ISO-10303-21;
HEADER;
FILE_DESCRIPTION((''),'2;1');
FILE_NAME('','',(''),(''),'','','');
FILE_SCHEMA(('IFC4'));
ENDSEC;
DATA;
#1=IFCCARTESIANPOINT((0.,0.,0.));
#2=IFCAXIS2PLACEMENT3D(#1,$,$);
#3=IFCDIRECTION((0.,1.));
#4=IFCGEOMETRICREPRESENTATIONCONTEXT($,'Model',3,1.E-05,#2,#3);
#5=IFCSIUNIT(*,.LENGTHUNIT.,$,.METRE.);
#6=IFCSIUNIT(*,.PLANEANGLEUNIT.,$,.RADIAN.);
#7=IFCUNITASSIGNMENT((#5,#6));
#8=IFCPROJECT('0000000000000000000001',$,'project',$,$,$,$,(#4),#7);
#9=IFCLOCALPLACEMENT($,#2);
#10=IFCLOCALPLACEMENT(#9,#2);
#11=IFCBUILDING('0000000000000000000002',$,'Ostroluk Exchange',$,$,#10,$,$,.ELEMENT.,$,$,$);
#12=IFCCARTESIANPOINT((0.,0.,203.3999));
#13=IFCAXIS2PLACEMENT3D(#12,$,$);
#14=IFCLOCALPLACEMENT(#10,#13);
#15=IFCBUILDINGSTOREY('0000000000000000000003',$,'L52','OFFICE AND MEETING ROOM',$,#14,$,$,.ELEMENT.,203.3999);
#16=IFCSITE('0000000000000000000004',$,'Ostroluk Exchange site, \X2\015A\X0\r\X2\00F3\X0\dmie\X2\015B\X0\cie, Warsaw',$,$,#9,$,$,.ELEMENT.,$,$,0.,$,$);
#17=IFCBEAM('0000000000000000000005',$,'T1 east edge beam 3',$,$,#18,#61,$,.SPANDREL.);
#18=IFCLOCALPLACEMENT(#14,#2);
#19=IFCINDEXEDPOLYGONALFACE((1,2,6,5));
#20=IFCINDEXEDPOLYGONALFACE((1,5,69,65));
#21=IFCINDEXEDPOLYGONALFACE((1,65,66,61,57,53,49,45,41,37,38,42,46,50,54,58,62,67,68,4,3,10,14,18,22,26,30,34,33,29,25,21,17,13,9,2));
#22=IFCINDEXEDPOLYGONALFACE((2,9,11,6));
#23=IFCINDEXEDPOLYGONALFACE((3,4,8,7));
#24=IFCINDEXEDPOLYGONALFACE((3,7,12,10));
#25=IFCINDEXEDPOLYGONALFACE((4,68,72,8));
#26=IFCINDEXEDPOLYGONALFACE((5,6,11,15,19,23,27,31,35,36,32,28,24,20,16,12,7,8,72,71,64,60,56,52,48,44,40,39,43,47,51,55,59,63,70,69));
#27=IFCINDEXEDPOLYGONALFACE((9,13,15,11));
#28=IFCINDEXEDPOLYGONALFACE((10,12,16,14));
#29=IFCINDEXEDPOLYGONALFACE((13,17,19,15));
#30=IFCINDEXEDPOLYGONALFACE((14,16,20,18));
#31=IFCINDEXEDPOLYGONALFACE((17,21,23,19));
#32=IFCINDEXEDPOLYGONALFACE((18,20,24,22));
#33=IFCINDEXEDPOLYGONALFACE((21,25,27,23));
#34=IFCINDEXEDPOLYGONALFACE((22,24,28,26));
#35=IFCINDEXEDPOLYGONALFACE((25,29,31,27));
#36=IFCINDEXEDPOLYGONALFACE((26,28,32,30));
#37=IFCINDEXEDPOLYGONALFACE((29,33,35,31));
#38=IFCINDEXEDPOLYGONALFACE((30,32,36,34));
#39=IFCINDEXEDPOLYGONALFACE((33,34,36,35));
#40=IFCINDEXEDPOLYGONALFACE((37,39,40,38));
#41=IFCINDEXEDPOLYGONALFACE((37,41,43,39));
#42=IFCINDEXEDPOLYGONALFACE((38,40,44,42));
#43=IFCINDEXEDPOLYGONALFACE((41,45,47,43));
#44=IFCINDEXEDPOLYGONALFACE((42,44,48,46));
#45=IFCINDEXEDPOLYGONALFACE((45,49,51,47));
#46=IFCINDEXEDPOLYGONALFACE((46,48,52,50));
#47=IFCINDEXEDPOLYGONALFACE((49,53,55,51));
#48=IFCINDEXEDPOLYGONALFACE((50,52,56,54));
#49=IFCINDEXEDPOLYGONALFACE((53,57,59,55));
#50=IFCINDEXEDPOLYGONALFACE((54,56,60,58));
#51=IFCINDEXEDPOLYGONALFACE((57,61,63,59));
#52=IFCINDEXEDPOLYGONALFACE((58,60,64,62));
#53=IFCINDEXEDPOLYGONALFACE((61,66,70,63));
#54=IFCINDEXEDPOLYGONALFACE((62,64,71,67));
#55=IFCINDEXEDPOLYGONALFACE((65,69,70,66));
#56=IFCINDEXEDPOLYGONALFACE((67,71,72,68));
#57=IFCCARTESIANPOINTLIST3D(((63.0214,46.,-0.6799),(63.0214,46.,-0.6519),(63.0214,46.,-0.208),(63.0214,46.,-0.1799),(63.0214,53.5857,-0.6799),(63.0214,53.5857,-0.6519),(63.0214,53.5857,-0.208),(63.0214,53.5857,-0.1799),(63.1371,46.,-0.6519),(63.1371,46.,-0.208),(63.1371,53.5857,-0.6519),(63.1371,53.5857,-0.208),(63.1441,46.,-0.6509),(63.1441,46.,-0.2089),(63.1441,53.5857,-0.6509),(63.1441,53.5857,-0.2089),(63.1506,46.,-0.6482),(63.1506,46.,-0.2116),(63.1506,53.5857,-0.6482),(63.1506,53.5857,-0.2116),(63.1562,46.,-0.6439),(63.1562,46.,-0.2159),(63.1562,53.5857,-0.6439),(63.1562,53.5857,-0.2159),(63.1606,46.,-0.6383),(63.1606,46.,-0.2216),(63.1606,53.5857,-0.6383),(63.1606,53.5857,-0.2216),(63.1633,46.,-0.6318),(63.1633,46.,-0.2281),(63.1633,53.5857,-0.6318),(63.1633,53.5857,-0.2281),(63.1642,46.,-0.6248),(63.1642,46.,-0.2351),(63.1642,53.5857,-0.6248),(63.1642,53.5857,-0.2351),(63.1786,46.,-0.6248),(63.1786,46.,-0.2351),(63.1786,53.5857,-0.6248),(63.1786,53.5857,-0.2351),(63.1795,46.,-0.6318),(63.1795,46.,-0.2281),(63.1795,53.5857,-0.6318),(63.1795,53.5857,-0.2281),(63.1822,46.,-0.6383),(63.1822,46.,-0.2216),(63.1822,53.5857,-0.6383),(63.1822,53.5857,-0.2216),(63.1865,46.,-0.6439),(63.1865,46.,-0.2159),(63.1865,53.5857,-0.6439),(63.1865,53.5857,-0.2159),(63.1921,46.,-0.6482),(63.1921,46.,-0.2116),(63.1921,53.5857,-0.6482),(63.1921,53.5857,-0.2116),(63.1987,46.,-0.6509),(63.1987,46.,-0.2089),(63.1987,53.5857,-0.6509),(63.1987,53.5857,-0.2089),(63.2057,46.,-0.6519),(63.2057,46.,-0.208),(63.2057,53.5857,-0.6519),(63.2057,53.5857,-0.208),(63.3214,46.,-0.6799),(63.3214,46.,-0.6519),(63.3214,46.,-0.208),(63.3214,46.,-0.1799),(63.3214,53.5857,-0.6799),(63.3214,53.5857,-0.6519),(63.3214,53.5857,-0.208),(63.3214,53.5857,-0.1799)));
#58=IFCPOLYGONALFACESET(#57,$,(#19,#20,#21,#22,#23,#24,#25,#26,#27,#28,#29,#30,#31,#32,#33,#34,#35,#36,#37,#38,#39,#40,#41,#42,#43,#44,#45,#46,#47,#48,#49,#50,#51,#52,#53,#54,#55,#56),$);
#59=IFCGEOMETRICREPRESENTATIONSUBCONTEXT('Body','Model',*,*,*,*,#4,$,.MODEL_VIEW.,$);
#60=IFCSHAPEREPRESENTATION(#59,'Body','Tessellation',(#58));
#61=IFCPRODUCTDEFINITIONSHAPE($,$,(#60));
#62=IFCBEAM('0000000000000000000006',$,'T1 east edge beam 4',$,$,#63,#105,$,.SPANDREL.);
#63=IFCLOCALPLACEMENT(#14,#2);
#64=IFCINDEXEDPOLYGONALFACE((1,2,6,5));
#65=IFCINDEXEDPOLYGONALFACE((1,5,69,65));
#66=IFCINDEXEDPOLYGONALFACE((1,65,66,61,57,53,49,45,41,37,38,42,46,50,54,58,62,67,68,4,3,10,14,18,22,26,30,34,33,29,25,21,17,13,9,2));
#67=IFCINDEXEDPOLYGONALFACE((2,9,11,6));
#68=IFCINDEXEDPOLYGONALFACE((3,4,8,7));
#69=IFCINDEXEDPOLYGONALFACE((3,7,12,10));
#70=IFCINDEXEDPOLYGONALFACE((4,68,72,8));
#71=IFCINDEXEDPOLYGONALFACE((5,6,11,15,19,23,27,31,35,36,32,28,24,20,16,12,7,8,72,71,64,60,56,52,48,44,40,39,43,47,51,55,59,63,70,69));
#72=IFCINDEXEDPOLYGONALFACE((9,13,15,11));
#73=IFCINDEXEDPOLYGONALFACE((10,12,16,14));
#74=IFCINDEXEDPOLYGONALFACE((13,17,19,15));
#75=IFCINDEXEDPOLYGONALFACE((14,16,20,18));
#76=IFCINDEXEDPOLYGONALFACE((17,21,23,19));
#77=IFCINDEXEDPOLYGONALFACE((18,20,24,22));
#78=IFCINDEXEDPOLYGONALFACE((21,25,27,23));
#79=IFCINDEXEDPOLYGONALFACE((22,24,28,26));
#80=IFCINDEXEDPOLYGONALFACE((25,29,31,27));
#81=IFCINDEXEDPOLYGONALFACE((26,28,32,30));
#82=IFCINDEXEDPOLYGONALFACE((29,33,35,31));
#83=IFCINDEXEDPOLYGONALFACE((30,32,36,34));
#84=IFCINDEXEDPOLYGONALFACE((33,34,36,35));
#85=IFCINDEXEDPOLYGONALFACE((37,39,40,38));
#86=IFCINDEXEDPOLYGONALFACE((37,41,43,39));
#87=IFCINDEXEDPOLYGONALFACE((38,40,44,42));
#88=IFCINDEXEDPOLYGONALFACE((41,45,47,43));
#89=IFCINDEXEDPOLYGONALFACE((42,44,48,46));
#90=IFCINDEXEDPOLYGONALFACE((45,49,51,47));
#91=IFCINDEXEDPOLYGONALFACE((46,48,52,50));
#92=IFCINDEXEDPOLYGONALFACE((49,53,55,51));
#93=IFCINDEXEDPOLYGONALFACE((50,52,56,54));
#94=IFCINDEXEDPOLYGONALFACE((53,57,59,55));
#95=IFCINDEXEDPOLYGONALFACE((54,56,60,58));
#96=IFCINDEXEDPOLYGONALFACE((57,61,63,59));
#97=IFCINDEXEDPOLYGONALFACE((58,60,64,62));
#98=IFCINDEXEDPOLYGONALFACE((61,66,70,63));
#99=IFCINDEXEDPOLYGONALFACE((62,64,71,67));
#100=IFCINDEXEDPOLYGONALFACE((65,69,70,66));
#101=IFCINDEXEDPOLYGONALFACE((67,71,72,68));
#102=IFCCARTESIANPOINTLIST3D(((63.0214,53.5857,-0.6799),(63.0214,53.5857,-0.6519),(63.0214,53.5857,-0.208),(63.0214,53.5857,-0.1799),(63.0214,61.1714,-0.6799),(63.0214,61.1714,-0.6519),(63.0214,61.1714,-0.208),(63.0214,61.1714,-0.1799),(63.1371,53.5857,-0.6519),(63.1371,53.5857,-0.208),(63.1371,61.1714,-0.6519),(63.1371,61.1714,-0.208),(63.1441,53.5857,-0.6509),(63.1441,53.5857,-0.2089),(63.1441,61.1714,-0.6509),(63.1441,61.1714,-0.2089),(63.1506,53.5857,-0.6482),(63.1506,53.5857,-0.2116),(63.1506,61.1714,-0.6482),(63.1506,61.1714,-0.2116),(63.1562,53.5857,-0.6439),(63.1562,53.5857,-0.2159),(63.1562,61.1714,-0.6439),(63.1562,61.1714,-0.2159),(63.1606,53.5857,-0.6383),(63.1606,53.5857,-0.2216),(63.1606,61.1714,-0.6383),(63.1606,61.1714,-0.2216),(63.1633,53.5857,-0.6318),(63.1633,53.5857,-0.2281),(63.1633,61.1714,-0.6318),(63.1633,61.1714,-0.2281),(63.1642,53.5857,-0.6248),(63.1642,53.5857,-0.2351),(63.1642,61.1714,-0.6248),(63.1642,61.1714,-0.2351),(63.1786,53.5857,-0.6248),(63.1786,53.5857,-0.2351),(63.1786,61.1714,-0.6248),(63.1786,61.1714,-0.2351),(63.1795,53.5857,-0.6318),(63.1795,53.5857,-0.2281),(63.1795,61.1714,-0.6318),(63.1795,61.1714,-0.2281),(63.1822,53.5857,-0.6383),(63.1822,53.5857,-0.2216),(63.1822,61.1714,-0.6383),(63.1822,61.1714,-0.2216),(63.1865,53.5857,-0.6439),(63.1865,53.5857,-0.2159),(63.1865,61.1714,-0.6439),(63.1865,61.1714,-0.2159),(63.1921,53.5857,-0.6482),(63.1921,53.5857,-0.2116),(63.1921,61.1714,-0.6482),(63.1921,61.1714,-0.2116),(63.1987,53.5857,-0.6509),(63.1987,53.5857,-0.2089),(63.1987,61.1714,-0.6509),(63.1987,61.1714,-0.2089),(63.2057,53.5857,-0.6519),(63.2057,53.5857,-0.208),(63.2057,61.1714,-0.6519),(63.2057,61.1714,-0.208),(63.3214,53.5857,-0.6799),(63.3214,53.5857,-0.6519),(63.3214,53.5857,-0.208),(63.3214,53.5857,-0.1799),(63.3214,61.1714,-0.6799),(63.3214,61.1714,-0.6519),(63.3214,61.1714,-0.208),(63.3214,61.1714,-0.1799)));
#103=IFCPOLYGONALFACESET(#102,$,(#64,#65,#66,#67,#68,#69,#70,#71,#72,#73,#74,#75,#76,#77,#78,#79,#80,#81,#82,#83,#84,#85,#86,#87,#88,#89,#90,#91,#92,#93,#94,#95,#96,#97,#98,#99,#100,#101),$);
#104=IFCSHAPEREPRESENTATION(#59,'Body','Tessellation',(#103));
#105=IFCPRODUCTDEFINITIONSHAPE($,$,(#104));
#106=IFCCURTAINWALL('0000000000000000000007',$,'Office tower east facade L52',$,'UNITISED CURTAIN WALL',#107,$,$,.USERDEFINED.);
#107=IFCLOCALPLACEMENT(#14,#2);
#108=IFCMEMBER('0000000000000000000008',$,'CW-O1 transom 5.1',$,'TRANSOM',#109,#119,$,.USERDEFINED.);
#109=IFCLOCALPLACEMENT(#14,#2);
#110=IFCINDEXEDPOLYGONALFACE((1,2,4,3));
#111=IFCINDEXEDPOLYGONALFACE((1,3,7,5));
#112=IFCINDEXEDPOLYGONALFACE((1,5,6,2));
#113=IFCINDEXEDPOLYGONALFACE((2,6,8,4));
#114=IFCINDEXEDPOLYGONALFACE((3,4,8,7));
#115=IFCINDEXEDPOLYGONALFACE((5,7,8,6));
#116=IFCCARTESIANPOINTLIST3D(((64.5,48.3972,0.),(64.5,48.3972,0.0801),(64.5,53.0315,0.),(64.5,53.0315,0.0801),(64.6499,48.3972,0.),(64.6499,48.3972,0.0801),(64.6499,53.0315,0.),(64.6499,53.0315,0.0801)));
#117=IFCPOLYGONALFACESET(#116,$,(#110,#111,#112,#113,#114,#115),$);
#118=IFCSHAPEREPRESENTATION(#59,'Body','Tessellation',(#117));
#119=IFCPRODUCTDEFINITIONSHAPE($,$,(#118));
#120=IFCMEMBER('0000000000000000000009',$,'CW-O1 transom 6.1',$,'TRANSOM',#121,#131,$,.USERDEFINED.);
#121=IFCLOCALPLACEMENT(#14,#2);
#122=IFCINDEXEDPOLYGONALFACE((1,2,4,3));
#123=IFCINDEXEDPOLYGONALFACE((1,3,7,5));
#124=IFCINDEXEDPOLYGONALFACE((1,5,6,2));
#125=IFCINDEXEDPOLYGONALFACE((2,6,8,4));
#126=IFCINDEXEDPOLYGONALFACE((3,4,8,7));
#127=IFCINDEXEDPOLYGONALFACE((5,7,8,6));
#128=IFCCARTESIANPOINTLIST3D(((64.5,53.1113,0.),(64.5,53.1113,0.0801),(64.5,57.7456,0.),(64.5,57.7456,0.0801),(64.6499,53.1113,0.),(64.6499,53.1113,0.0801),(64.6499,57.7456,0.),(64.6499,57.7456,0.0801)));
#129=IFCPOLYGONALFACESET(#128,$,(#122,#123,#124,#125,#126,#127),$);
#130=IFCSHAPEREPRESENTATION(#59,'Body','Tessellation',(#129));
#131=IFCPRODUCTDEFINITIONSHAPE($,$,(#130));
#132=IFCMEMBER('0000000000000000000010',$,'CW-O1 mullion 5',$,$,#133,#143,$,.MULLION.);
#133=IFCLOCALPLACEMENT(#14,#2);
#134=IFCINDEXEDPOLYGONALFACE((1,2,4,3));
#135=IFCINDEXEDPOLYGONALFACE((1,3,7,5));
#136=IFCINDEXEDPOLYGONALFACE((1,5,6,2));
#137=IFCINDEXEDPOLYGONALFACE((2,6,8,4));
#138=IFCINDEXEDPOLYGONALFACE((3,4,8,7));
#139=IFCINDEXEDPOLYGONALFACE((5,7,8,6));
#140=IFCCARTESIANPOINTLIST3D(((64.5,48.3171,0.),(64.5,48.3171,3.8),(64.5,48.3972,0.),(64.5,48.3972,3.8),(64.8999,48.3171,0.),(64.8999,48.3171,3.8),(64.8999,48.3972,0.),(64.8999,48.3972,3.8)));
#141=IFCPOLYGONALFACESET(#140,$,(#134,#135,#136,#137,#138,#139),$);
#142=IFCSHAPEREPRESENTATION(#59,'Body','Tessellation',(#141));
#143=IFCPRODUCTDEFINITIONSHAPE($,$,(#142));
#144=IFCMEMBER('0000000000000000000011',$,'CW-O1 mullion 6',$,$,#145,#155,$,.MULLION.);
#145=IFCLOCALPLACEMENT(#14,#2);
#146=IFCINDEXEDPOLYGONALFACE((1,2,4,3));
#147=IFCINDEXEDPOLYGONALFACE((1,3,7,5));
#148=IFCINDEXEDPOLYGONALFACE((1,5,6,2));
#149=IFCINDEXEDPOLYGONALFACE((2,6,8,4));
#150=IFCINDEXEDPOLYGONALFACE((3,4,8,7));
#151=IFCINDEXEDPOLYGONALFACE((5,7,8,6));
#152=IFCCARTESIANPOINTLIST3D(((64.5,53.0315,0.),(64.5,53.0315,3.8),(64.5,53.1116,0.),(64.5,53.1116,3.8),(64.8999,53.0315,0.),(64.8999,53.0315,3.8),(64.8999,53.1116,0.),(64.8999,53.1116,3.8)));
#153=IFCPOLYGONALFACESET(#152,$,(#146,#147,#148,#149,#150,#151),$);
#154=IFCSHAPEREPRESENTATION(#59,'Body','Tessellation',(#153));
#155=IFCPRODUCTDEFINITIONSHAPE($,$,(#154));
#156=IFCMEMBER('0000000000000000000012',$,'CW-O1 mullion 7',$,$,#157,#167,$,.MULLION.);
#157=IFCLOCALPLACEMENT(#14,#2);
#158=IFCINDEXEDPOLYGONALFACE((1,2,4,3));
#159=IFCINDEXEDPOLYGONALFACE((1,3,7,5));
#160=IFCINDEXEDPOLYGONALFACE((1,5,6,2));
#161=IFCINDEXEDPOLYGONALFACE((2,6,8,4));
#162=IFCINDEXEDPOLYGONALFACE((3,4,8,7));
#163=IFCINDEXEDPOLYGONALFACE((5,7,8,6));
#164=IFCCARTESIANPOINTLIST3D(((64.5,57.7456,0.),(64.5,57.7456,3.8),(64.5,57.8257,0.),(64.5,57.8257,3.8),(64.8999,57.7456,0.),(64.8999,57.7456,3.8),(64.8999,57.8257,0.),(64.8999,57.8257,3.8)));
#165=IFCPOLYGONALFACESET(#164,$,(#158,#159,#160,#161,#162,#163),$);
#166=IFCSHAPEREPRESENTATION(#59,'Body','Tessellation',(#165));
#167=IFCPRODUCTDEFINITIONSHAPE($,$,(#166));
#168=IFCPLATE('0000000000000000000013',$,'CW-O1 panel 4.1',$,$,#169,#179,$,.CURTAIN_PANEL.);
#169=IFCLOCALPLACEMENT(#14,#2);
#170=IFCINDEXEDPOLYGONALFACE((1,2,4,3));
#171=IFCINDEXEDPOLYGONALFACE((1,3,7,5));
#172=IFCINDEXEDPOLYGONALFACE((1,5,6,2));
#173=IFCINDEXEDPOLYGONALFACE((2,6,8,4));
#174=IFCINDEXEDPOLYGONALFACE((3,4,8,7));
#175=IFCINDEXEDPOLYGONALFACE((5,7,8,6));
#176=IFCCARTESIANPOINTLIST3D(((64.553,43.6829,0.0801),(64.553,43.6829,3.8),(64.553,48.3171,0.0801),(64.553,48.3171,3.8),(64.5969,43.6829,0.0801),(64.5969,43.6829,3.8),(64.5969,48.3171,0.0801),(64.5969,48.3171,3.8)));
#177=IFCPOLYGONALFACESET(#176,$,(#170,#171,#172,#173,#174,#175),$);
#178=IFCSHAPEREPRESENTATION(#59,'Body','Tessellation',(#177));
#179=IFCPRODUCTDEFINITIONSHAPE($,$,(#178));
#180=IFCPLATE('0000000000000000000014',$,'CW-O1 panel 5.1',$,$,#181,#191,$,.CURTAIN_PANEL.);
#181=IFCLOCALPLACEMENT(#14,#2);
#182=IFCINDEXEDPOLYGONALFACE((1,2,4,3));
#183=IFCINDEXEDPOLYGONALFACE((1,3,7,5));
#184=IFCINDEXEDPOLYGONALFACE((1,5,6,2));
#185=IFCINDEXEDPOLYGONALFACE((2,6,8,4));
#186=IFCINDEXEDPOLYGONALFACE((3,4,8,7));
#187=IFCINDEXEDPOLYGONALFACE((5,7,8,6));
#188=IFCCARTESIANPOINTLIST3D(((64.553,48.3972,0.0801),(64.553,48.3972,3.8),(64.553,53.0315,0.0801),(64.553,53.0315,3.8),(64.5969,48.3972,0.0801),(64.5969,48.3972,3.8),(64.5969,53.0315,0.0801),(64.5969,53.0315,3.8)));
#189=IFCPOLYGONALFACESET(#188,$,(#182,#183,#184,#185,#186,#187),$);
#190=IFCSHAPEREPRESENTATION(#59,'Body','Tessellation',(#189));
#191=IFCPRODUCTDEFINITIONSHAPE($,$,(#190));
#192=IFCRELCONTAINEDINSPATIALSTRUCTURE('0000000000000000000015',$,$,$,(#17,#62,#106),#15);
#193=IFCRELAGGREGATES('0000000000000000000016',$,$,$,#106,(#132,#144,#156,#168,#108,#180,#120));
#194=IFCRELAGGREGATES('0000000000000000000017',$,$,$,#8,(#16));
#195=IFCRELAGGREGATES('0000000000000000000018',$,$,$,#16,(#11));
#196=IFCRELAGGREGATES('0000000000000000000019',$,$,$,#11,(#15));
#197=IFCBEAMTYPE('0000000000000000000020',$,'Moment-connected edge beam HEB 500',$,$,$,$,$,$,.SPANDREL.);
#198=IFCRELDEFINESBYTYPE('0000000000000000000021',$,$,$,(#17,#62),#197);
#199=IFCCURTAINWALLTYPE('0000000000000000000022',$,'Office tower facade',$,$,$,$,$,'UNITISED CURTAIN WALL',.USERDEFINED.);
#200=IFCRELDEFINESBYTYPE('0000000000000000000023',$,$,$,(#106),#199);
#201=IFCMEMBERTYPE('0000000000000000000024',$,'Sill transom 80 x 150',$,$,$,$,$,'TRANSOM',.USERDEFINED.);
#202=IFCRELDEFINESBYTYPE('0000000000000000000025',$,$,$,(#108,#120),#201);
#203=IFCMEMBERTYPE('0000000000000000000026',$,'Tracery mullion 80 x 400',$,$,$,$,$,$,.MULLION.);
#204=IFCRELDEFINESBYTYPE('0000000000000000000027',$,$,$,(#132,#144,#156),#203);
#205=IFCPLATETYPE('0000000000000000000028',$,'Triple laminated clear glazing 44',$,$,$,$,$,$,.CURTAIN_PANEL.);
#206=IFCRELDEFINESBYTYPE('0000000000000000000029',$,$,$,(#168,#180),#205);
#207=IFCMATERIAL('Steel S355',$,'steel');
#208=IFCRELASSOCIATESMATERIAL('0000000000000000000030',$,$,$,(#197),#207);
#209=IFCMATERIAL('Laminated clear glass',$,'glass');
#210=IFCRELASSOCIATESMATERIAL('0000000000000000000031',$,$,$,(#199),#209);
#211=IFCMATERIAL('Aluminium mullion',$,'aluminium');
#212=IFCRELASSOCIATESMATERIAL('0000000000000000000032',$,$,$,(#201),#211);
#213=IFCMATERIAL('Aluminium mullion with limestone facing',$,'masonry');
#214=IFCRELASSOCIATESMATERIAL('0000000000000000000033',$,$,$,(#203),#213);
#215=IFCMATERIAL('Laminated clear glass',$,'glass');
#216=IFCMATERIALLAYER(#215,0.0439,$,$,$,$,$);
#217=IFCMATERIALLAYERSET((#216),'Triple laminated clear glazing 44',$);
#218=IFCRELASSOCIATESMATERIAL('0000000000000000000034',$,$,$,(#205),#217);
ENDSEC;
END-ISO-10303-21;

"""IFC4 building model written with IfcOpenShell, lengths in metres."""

from ifc_helpers import new_model, si_unit, direction, frame, origin, origin_2d, place, context, subcontext, project, spatial, rectangle, i_section, extrude, material, layer, layer_set, material_profile, profile_set, type_object, element, aggregate, save


model = new_model("IFC4")

# Units and contexts
model_context = context("Model", 3, precision=1e-05, world=origin(), true_north=direction((0.0, 1.0)))
body_context = subcontext(model_context, "Body", "Model", "MODEL_VIEW")
ifc_project = project(units=[si_unit("LENGTHUNIT", "METRE"), si_unit("PLANEANGLEUNIT", "RADIAN")], contexts=[model_context])

# Site, building, storey
site_placement = place(None, origin())
site = spatial("IfcSite", under=ifc_project, at=site_placement, Name="Ostroluk Exchange site, Śródmieście, Warsaw", CompositionType="ELEMENT", RefElevation=0.0)
building_placement = place(site_placement, origin())
building = spatial("IfcBuilding", under=site, at=building_placement, Name="Ostroluk Exchange", CompositionType="ELEMENT")
storey_placement = place(building_placement, frame((0.0, 0.0, 203.3999)))
storey = spatial("IfcBuildingStorey", under=building, at=storey_placement, Name="L52", Description="OFFICE AND MEETING ROOM", CompositionType="ELEMENT", Elevation=203.3999)

# Beams
ifc_material_1 = material(Name="Steel S355", Category="steel")
ifc_material_profile_1 = material_profile(ifc_material_1, i_section(OverallWidth=0.3, OverallDepth=0.5, WebThickness=0.0144, FlangeThickness=0.0281, FilletRadius=0.0271, at=origin_2d()), Name="HEB 500")
ifc_profile_set_1 = profile_set([ifc_material_profile_1], Name="Steel S355")
beam_type_1 = type_object("IfcBeamType", Name="Moment-connected edge beam HEB 500", PredefinedType="SPANDREL", material=ifc_profile_set_1)
for number, where, z_axis, x_axis, name in (
    (1, (63.1714, 46.0, -0.4299), (0.0, 1.0, 0.0), (-1.0, 0.0, 0.0), "T1 east edge beam 3"),
    (2, (63.1714, 53.5857, -0.4299), (0.0, 1.0, 0.0), (-1.0, 0.0, 0.0), "T1 east edge beam 4"),
):
    element("IfcBeam", number, at=place(storey_placement, frame(where, z_axis=z_axis, x_axis=x_axis)), inside=storey, type_object=beam_type_1, Name=name, PredefinedType="SPANDREL", context=body_context, shape_type="SweptSolid", body=[
        extrude(i_section(OverallWidth=0.3, OverallDepth=0.5, WebThickness=0.0144, FlangeThickness=0.0281, FilletRadius=0.0271, at=origin_2d()), origin(), (0.0, 0.0, 1.0), 7.5857),
    ])

# Curtain wall, members, plates
ifc_material_2 = material(Name="Laminated clear glass", Category="glass")
curtain_wall_type = type_object("IfcCurtainWallType", Name="Office tower facade", ElementType="UNITISED CURTAIN WALL", PredefinedType="USERDEFINED", material=ifc_material_2)
curtain_wall_placement = place(storey_placement, origin())
curtain_wall = element("IfcCurtainWall", 3, at=curtain_wall_placement, inside=storey, type_object=curtain_wall_type, Name="Office tower east facade L52", ObjectType="UNITISED CURTAIN WALL", PredefinedType="USERDEFINED")
ifc_material_3 = material(Name="Aluminium mullion", Category="aluminium")
ifc_material_profile_2 = material_profile(ifc_material_3, rectangle(XDim=0.1499, YDim=0.0801, at=origin_2d()), Name="Sill transom 80 x 150")
ifc_profile_set_2 = profile_set([ifc_material_profile_2], Name="Aluminium mullion")
member_type_1 = type_object("IfcMemberType", Name="Sill transom 80 x 150", ElementType="TRANSOM", PredefinedType="USERDEFINED", material=ifc_profile_set_2)
member_1_placement = place(storey_placement, frame((64.575, 48.3972, 0.04), z_axis=(0.0, 1.0, 0.0), x_axis=(-1.0, 0.0, 0.0)))
member_1 = element("IfcMember", 4, at=member_1_placement, type_object=member_type_1, Name="CW-O1 transom 5.1", ObjectType="TRANSOM", PredefinedType="USERDEFINED", context=body_context, shape_type="SweptSolid", body=[
    extrude(rectangle(XDim=0.1499, YDim=0.0801, at=origin_2d()), origin(), (0.0, 0.0, 1.0), 4.6343),
])
member_2_placement = place(storey_placement, frame((64.575, 53.1113, 0.04), z_axis=(0.0, 1.0, 0.0), x_axis=(-1.0, 0.0, 0.0)))
member_2 = element("IfcMember", 5, at=member_2_placement, type_object=member_type_1, Name="CW-O1 transom 6.1", ObjectType="TRANSOM", PredefinedType="USERDEFINED", context=body_context, shape_type="SweptSolid", body=[
    extrude(rectangle(XDim=0.1499, YDim=0.0801, at=origin_2d()), origin(), (0.0, 0.0, 1.0), 4.6343),
])
ifc_material_4 = material(Name="Aluminium mullion with limestone facing", Category="masonry")
ifc_material_profile_3 = material_profile(ifc_material_4, rectangle(XDim=0.3999, YDim=0.0801, at=origin_2d()), Name="Tracery mullion 80 x 400")
ifc_profile_set_3 = profile_set([ifc_material_profile_3], Name="Aluminium mullion with limestone facing")
member_type_2 = type_object("IfcMemberType", Name="Tracery mullion 80 x 400", PredefinedType="MULLION", material=ifc_profile_set_3)
member_3_placement = place(storey_placement, frame((64.7, 48.3572, 0.0), z_axis=(0.0, 0.0, 1.0), x_axis=(-1.0, 0.0, 0.0)))
member_3 = element("IfcMember", 6, at=member_3_placement, type_object=member_type_2, Name="CW-O1 mullion 5", PredefinedType="MULLION", context=body_context, shape_type="SweptSolid", body=[
    extrude(rectangle(XDim=0.3999, YDim=0.0801, at=origin_2d()), origin(), (0.0, 0.0, 1.0), 3.8),
])
member_4_placement = place(storey_placement, frame((64.7, 53.0715, 0.0), z_axis=(0.0, 0.0, 1.0), x_axis=(-1.0, 0.0, 0.0)))
member_4 = element("IfcMember", 7, at=member_4_placement, type_object=member_type_2, Name="CW-O1 mullion 6", PredefinedType="MULLION", context=body_context, shape_type="SweptSolid", body=[
    extrude(rectangle(XDim=0.3999, YDim=0.0801, at=origin_2d()), origin(), (0.0, 0.0, 1.0), 3.8),
])
member_5_placement = place(storey_placement, frame((64.7, 57.7856, 0.0), z_axis=(0.0, 0.0, 1.0), x_axis=(-1.0, 0.0, 0.0)))
member_5 = element("IfcMember", 8, at=member_5_placement, type_object=member_type_2, Name="CW-O1 mullion 7", PredefinedType="MULLION", context=body_context, shape_type="SweptSolid", body=[
    extrude(rectangle(XDim=0.3999, YDim=0.0801, at=origin_2d()), origin(), (0.0, 0.0, 1.0), 3.8),
])
ifc_material_5 = material(Name="Laminated clear glass", Category="glass")
ifc_layer_1 = layer(ifc_material_5, 0.0439)
ifc_layer_set_1 = layer_set([ifc_layer_1], Name="Triple laminated clear glazing 44")
plate_type = type_object("IfcPlateType", Name="Triple laminated clear glazing 44", PredefinedType="CURTAIN_PANEL", material=ifc_layer_set_1)
plate_1_placement = place(storey_placement, frame((64.575, 46.0, 0.0801), z_axis=(0.0, 0.0, 1.0), x_axis=(0.0, 1.0, 0.0)))
plate_1 = element("IfcPlate", 9, at=plate_1_placement, type_object=plate_type, Name="CW-O1 panel 4.1", PredefinedType="CURTAIN_PANEL", context=body_context, shape_type="SweptSolid", body=[
    extrude(rectangle(XDim=4.6343, YDim=0.0439, at=origin_2d()), origin(), (0.0, 0.0, 1.0), 3.72),
])
plate_2_placement = place(storey_placement, frame((64.575, 50.7144, 0.0801), z_axis=(0.0, 0.0, 1.0), x_axis=(0.0, 1.0, 0.0)))
plate_2 = element("IfcPlate", 10, at=plate_2_placement, type_object=plate_type, Name="CW-O1 panel 5.1", PredefinedType="CURTAIN_PANEL", context=body_context, shape_type="SweptSolid", body=[
    extrude(rectangle(XDim=4.6343, YDim=0.0439, at=origin_2d()), origin(), (0.0, 0.0, 1.0), 3.72),
])
aggregate(curtain_wall, [member_3, member_4, member_5, plate_1, member_1, plate_2, member_2])

save(model, "model.ifc")
